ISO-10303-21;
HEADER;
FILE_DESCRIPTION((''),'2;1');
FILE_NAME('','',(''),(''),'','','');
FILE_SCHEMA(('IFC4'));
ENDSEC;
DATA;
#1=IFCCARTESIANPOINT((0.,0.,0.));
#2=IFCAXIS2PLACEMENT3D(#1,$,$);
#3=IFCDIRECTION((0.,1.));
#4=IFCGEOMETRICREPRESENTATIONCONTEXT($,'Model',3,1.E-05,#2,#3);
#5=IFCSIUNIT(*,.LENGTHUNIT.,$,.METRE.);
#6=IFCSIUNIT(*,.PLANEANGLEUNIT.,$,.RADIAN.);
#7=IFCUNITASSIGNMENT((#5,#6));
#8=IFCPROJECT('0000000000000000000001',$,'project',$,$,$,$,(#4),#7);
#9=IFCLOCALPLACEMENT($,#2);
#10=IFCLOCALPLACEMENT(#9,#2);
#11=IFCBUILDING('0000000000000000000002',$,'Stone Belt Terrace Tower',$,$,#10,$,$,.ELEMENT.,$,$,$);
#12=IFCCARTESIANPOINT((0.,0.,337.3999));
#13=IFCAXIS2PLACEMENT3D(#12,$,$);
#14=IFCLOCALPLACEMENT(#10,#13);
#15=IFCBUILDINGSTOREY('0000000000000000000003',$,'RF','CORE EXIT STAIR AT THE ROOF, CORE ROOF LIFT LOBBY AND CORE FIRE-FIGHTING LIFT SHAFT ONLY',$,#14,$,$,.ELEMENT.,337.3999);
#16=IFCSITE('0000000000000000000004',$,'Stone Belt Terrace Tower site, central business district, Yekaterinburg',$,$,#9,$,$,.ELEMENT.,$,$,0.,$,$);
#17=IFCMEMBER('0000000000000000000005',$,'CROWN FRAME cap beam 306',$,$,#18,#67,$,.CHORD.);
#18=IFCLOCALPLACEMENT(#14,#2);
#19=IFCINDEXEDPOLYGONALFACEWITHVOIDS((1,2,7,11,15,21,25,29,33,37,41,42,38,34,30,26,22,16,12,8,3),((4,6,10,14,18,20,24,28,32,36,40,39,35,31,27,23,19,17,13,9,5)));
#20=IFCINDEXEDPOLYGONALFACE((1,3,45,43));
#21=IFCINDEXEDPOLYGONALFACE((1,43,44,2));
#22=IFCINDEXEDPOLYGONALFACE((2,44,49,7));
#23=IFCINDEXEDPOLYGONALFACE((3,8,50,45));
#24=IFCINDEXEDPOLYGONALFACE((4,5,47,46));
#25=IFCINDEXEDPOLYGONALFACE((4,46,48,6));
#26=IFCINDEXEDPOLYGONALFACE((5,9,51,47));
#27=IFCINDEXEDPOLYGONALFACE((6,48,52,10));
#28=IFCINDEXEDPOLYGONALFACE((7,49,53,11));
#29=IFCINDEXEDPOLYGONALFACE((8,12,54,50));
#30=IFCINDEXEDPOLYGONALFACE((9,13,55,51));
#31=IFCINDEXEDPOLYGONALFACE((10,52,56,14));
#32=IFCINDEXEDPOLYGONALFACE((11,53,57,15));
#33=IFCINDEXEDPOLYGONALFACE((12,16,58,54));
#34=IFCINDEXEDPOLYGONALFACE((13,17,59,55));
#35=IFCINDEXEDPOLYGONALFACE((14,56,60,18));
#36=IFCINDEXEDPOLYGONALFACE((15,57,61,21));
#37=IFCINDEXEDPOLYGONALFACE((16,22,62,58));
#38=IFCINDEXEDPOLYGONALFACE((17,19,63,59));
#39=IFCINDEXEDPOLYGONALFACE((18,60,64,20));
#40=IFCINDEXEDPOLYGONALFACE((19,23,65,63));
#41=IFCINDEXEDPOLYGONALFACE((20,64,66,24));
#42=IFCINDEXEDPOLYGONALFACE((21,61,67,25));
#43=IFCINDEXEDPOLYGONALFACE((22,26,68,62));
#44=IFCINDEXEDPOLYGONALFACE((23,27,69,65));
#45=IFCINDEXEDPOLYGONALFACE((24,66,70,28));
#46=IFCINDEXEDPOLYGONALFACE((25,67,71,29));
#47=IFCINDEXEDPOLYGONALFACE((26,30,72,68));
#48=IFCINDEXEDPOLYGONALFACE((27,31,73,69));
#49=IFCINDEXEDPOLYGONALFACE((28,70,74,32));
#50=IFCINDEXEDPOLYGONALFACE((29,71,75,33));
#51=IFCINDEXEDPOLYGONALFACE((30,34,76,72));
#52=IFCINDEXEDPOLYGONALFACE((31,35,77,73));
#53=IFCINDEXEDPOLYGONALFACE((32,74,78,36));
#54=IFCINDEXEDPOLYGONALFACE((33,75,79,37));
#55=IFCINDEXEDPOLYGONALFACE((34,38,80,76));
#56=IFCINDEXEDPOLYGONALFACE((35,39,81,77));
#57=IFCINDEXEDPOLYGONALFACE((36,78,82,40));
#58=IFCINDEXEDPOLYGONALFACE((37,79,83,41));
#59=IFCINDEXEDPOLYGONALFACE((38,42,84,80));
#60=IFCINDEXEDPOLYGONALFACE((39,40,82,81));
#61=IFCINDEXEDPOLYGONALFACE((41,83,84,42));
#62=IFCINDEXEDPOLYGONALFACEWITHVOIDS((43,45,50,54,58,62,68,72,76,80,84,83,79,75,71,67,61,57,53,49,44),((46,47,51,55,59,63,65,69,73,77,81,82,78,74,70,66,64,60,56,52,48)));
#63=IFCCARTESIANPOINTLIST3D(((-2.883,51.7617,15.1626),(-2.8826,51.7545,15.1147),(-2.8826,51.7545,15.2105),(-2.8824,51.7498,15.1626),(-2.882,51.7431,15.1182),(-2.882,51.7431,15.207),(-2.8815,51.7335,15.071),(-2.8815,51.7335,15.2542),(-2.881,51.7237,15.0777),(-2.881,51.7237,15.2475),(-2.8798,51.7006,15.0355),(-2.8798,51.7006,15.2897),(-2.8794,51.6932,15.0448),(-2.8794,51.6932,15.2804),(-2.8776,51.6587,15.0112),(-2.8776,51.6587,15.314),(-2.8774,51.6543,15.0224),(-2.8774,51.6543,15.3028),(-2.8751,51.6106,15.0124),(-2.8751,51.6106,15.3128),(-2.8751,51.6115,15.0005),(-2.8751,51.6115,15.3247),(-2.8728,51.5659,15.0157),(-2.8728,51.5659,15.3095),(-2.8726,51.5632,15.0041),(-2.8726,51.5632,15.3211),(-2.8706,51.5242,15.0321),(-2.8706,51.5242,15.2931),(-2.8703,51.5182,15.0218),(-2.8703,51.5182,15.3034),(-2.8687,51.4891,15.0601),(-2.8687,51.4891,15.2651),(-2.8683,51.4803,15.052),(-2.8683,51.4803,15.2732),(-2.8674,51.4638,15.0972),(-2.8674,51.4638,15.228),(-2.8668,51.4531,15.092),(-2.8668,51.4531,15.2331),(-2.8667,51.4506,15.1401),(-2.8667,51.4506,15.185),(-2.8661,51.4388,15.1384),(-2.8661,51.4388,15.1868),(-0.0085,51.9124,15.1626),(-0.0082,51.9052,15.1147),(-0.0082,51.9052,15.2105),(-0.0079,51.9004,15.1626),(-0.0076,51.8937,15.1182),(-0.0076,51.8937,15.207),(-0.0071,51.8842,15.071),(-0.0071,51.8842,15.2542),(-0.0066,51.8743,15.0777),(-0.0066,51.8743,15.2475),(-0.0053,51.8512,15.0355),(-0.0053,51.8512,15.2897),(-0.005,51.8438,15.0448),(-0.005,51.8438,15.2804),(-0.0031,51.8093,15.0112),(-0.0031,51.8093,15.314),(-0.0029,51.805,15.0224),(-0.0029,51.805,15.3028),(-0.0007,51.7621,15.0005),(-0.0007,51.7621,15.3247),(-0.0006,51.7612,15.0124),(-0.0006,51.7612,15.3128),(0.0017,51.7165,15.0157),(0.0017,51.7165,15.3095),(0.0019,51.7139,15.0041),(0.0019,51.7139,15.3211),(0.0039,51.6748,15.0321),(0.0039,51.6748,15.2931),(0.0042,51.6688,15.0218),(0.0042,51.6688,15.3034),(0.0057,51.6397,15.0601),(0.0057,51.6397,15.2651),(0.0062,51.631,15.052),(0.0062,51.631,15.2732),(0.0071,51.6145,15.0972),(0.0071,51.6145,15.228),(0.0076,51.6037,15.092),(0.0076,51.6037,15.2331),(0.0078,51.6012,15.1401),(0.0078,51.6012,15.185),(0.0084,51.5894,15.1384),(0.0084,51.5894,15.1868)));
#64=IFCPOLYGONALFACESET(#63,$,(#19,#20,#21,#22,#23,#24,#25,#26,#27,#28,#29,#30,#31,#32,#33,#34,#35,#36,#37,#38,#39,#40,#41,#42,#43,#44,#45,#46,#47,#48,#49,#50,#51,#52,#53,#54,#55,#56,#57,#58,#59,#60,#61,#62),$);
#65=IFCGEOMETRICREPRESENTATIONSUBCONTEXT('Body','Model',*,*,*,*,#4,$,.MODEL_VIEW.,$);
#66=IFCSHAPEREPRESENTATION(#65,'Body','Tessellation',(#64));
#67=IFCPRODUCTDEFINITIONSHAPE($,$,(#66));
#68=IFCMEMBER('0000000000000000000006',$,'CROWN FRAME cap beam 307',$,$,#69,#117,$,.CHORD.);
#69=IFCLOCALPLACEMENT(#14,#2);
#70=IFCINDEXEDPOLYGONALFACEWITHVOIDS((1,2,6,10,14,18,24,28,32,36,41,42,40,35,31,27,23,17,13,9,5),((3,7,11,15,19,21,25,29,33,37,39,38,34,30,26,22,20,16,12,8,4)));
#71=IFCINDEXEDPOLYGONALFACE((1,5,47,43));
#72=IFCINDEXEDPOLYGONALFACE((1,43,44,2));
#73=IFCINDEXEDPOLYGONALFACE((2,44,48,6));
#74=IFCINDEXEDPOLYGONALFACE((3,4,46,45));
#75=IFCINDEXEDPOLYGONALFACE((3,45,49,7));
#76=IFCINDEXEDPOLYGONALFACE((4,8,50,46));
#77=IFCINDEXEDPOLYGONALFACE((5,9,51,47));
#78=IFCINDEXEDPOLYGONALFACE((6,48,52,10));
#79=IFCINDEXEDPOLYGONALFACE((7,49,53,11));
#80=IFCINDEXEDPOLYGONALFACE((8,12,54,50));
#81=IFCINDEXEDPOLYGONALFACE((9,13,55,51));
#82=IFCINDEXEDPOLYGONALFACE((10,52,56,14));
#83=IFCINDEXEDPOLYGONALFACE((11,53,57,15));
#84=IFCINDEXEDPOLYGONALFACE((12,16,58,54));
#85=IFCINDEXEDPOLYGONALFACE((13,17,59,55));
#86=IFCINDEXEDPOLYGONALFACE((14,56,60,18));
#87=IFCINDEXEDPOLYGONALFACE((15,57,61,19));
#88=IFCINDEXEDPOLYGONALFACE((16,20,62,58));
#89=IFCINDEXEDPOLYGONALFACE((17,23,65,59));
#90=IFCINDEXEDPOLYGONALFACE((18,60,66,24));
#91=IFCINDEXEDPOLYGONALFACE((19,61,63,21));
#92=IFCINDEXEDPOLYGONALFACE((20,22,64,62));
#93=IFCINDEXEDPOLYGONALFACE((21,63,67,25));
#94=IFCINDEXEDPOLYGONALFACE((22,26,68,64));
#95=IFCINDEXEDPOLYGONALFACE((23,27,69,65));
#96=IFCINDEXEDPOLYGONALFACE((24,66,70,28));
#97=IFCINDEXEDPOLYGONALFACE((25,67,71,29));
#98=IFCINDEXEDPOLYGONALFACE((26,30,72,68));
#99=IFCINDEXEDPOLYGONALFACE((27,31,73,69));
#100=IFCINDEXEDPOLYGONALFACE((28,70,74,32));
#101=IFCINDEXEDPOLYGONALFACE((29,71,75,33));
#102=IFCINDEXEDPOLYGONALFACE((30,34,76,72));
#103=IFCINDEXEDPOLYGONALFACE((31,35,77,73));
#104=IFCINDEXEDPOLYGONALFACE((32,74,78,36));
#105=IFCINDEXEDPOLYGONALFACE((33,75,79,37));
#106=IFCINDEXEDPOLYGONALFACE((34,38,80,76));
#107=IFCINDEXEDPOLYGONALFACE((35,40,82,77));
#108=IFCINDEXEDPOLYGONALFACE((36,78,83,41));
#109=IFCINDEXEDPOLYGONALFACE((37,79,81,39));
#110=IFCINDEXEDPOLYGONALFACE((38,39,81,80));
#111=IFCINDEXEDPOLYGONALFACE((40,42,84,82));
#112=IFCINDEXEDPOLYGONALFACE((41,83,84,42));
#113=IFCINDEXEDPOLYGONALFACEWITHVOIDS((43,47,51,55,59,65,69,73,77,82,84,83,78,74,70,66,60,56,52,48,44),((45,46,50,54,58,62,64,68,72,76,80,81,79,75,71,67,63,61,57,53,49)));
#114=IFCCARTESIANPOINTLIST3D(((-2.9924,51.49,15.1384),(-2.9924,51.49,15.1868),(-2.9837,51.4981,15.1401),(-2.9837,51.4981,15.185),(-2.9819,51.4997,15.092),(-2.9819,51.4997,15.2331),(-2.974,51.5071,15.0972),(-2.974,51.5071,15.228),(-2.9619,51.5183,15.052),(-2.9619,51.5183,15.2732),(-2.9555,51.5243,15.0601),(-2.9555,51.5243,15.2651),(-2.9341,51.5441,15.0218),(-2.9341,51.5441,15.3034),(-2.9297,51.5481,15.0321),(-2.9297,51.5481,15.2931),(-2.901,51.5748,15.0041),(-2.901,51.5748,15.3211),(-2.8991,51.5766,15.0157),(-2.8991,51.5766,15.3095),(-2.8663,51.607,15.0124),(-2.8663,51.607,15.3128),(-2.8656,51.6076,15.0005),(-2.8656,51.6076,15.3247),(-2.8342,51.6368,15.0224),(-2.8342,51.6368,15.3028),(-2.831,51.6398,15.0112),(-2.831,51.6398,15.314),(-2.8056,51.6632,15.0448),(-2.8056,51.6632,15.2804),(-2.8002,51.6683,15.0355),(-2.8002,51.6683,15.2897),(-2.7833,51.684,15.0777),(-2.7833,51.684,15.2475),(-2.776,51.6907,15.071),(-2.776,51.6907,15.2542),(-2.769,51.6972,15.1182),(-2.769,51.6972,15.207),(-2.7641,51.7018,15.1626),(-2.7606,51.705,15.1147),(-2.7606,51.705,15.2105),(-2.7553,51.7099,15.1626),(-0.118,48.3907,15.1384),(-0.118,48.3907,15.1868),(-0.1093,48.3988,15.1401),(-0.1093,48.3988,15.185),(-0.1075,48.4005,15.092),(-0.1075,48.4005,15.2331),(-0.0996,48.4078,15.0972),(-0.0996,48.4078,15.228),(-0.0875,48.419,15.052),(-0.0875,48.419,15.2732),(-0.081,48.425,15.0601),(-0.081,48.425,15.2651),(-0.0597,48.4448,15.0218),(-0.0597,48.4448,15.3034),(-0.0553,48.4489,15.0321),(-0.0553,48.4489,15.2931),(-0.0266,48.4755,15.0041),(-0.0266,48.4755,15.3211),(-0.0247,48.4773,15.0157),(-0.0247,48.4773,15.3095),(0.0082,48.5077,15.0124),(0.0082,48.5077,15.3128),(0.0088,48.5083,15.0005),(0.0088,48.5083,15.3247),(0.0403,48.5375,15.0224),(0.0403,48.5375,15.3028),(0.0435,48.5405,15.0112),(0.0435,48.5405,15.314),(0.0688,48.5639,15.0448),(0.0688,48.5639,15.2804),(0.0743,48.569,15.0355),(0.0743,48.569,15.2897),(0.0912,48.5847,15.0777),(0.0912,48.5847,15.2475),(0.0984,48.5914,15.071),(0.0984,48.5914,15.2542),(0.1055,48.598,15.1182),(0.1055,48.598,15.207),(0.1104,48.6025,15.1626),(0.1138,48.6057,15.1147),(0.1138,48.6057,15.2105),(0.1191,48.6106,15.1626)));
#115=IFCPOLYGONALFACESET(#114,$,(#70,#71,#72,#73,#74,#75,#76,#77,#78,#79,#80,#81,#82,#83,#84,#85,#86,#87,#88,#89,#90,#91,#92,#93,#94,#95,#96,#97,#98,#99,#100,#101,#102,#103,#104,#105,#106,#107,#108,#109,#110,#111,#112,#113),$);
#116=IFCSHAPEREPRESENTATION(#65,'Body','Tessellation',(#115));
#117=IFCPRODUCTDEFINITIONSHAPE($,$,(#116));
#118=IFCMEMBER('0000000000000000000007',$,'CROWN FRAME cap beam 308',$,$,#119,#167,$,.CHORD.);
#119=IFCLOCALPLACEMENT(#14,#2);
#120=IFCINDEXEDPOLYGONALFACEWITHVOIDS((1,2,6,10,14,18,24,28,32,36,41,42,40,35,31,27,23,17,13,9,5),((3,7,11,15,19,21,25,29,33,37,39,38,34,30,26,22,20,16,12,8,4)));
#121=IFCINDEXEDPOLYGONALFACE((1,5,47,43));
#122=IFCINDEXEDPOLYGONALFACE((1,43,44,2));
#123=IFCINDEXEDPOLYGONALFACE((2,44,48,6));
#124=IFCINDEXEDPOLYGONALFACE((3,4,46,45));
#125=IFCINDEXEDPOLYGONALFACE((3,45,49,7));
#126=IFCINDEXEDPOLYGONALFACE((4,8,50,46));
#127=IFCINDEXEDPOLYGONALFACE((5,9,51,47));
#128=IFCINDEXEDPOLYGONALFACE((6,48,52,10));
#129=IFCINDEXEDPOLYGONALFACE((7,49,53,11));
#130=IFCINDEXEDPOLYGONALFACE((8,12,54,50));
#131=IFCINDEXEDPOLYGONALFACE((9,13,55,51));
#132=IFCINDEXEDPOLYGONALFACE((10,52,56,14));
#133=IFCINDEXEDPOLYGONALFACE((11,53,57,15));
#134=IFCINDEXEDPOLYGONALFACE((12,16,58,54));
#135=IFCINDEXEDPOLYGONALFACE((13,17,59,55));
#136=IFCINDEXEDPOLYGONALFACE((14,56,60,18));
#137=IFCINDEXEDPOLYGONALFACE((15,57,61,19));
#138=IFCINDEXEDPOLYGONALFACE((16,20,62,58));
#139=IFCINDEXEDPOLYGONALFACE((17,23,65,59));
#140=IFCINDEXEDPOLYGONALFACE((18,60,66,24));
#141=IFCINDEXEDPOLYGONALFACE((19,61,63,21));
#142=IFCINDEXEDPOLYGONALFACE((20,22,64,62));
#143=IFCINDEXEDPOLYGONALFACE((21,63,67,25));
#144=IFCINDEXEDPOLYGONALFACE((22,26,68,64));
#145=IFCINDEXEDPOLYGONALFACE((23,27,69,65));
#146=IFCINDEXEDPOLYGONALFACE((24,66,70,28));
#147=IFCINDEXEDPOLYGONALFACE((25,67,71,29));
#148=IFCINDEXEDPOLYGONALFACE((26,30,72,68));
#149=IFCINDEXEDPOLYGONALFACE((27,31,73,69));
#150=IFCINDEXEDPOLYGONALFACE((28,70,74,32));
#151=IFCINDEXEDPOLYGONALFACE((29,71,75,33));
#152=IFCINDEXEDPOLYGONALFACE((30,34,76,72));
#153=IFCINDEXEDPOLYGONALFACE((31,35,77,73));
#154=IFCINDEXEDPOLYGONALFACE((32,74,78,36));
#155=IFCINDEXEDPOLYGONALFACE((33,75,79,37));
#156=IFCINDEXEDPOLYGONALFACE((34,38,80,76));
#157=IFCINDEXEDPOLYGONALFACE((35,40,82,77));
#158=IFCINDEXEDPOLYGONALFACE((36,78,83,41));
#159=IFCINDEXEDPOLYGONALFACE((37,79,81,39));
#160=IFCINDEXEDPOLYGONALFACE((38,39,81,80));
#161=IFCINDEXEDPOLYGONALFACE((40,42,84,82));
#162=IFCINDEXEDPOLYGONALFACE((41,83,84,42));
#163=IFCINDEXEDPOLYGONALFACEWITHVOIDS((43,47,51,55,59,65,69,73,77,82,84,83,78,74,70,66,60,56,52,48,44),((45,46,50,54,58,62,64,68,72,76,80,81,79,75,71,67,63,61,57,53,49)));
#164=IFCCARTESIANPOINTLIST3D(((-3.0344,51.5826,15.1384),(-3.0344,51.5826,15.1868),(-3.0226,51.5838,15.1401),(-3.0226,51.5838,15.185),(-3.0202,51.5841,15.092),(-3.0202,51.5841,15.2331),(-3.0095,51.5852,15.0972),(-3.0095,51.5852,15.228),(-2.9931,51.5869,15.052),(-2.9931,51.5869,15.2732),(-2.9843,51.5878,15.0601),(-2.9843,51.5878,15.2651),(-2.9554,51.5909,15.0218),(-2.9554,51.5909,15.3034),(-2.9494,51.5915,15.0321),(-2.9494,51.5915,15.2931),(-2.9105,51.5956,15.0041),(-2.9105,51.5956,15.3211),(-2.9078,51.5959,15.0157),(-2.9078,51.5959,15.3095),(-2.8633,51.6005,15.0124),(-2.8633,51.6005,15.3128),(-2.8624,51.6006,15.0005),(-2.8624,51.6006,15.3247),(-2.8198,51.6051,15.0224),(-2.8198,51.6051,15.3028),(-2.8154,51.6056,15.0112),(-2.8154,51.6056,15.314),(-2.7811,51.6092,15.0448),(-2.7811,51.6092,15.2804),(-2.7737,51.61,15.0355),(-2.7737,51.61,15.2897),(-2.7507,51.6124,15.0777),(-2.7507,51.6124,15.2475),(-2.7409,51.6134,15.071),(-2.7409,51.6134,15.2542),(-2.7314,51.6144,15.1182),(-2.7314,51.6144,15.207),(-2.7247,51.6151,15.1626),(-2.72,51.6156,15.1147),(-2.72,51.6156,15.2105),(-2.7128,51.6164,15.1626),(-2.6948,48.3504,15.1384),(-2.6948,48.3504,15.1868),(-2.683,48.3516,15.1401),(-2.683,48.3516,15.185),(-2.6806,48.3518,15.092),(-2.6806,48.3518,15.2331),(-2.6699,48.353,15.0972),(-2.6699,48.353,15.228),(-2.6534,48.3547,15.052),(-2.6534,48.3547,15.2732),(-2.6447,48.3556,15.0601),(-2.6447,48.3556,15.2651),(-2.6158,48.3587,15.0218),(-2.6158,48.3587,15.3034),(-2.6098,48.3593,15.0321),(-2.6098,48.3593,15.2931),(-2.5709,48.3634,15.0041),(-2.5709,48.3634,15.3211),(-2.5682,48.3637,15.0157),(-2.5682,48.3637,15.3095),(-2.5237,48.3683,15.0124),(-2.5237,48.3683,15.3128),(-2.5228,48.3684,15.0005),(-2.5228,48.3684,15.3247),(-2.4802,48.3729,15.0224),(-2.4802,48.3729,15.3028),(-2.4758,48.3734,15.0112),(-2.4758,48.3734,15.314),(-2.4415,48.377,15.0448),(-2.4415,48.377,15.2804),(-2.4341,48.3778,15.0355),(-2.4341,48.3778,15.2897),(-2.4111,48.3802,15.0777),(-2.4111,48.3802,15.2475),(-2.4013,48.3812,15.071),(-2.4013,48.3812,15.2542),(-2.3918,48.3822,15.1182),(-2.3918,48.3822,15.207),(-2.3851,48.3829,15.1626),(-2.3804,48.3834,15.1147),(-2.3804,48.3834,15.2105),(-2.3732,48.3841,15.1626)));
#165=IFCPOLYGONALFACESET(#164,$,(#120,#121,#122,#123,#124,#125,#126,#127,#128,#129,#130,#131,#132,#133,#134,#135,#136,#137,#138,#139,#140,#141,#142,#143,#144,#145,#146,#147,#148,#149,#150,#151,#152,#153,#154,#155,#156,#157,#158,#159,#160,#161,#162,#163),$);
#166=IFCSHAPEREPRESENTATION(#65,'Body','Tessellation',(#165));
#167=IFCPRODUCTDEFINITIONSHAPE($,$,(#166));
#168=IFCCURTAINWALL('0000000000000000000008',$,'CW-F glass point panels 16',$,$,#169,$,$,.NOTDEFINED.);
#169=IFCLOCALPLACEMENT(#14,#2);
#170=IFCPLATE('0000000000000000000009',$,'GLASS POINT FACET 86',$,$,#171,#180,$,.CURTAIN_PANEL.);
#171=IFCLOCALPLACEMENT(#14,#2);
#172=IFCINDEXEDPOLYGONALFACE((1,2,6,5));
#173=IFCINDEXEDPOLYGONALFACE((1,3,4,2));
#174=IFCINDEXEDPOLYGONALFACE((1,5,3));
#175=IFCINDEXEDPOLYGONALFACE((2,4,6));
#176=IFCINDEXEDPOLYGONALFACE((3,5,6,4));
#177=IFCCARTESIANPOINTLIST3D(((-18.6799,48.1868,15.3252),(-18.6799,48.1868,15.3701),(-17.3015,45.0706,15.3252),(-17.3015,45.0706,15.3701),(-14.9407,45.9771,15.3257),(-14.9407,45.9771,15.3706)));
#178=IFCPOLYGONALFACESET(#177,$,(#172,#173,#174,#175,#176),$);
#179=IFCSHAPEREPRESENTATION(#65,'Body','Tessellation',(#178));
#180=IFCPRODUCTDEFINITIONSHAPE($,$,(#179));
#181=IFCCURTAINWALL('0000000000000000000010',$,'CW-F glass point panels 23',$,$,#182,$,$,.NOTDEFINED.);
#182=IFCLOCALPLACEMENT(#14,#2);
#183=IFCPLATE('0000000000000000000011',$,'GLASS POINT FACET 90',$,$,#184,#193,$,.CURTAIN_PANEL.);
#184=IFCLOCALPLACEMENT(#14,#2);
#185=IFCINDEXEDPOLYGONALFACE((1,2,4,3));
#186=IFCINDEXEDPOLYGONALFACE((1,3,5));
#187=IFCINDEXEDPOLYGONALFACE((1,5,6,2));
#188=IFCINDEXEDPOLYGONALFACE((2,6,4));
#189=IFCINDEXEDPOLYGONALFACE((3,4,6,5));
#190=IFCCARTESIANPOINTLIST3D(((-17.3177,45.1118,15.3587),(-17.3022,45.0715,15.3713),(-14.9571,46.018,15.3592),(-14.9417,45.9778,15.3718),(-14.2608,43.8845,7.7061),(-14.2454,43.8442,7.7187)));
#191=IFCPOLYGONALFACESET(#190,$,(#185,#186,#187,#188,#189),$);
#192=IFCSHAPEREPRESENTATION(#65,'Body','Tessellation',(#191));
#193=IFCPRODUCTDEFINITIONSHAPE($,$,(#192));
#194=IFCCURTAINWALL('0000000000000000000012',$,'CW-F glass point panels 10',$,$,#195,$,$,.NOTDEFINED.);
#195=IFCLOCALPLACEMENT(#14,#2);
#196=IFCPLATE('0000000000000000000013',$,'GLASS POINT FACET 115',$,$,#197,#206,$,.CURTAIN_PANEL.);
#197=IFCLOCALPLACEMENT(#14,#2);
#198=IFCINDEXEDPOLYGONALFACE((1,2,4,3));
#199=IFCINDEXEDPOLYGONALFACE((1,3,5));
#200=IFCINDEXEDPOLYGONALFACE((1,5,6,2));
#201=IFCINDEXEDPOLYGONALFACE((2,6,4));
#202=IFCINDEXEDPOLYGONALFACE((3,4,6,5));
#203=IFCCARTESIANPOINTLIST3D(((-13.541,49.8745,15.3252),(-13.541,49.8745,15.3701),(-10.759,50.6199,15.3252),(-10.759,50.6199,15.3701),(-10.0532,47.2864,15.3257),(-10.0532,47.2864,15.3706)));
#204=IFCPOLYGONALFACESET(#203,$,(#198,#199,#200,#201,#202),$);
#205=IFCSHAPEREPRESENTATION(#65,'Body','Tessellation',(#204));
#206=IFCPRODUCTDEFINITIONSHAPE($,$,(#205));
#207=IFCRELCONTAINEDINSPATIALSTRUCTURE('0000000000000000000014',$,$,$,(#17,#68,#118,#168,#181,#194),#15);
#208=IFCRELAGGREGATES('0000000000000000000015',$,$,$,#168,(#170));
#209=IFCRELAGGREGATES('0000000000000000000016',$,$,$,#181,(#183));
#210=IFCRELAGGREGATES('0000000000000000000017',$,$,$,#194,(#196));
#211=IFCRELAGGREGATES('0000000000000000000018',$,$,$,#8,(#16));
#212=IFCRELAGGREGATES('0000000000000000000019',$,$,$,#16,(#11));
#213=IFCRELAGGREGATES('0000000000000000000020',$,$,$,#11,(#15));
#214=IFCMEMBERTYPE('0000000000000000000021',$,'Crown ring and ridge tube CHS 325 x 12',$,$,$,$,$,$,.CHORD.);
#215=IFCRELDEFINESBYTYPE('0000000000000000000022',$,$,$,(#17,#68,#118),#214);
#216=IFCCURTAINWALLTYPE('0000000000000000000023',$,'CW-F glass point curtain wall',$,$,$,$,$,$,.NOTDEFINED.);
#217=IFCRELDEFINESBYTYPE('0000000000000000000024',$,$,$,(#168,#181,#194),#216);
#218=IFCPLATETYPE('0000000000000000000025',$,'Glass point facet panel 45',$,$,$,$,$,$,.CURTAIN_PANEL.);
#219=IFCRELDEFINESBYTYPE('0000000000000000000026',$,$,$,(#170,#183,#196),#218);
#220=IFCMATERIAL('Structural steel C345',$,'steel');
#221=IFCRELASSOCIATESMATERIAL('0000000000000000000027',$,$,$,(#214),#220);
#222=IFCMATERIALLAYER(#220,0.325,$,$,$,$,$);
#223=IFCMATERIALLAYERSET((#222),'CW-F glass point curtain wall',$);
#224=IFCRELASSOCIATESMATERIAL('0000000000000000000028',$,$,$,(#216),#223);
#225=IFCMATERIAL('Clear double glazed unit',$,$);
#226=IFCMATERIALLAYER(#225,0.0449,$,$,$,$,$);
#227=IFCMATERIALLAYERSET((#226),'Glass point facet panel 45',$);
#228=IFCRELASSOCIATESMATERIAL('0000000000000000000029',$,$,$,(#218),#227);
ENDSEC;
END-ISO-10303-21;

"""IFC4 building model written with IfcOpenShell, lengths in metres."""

from ifc_helpers import new_model, si_unit, direction, frame, origin, origin_2d, place, context, subcontext, project, spatial, polyline, hollow_circle, outline, extrude, material, layer, layer_set, material_profile, profile_set, type_object, element, aggregate, save


model = new_model("IFC4")

# Units and contexts
model_context = context("Model", 3, precision=1e-05, world=origin(), true_north=direction((0.0, 1.0)))
body_context = subcontext(model_context, "Body", "Model", "MODEL_VIEW")
ifc_project = project(units=[si_unit("LENGTHUNIT", "METRE"), si_unit("PLANEANGLEUNIT", "RADIAN")], contexts=[model_context])

# Site, building, storey
site_placement = place(None, origin())
site = spatial("IfcSite", under=ifc_project, at=site_placement, Name="Stone Belt Terrace Tower site, central business district, Yekaterinburg", CompositionType="ELEMENT", RefElevation=0.0)
building_placement = place(site_placement, origin())
building = spatial("IfcBuilding", under=site, at=building_placement, Name="Stone Belt Terrace Tower", CompositionType="ELEMENT")
storey_placement = place(building_placement, frame((0.0, 0.0, 337.3999)))
storey = spatial("IfcBuildingStorey", under=building, at=storey_placement, Name="RF", Description="CORE EXIT STAIR AT THE ROOF, CORE ROOF LIFT LOBBY AND CORE FIRE-FIGHTING LIFT SHAFT ONLY", CompositionType="ELEMENT", Elevation=337.3999)

# Members
ifc_material_1 = material(Name="Structural steel C345", Category="steel")
ifc_material_profile_1 = material_profile(ifc_material_1, hollow_circle(Radius=0.1626, WallThickness=0.012, at=origin_2d()), Name="Structural steel C345 CHS 325x12")
ifc_profile_set_1 = profile_set([ifc_material_profile_1], Name="Structural steel C345")
member_type_1 = type_object("IfcMemberType", Name="Crown ring and ridge tube CHS 325 x 12", PredefinedType="CHORD", material=ifc_profile_set_1)
member_1_placement = place(storey_placement, frame((-2.8745, 51.5994, 15.1626), z_axis=(0.99863, 0.052332, 0.0), x_axis=(-0.052332, 0.99863, 0.0)))
element("IfcMember", 1, at=member_1_placement, inside=storey, type_object=member_type_1, Name="CROWN FRAME cap beam 306", PredefinedType="CHORD", context=body_context, shape_type="SweptSolid", body=[
    extrude(hollow_circle(Radius=0.1626, WallThickness=0.012, at=origin_2d()), origin(), (0.0, 0.0, 1.0), 2.8784),
])
member_2_placement = place(storey_placement, frame((-2.8745, 51.5994, 15.1626), z_axis=(0.68001, -0.733203, 0.0), x_axis=(0.733203, 0.68001, 0.0)))
element("IfcMember", 2, at=member_2_placement, inside=storey, type_object=member_type_1, Name="CROWN FRAME cap beam 307", PredefinedType="CHORD", context=body_context, shape_type="SweptSolid", body=[
    extrude(hollow_circle(Radius=0.1626, WallThickness=0.012, at=origin_2d()), origin(), (0.0, 0.0, 1.0), 4.2271),
])
member_3_placement = place(storey_placement, frame((-2.8745, 51.5994, 15.1626), z_axis=(0.104493, -0.994526, 0.0), x_axis=(0.994526, 0.104493, 0.0)))
element("IfcMember", 3, at=member_3_placement, inside=storey, type_object=member_type_1, Name="CROWN FRAME cap beam 308", PredefinedType="CHORD", context=body_context, shape_type="SweptSolid", body=[
    extrude(hollow_circle(Radius=0.1626, WallThickness=0.012, at=origin_2d()), origin(), (0.0, 0.0, 1.0), 3.25),
])

# Curtain walls, plates
ifc_layer_1 = layer(ifc_material_1, 0.325)
ifc_layer_set_1 = layer_set([ifc_layer_1], Name="CW-F glass point curtain wall")
curtain_wall_type = type_object("IfcCurtainWallType", Name="CW-F glass point curtain wall", PredefinedType="NOTDEFINED", material=ifc_layer_set_1)
curtain_wall_1_placement = place(storey_placement, origin())
curtain_wall_1 = element("IfcCurtainWall", 4, at=curtain_wall_1_placement, inside=storey, type_object=curtain_wall_type, Name="CW-F glass point panels 16", PredefinedType="NOTDEFINED")
ifc_material_2 = material(Name="Clear double glazed unit")
ifc_layer_2 = layer(ifc_material_2, 0.0449)
ifc_layer_set_2 = layer_set([ifc_layer_2], Name="Glass point facet panel 45")
plate_type = type_object("IfcPlateType", Name="Glass point facet panel 45", PredefinedType="CURTAIN_PANEL", material=ifc_layer_set_2)
plate_1_placement = place(storey_placement, frame((-14.9407, 45.9771, 15.3706), z_axis=(-0.000177, -0.000078, 1.0), x_axis=(-0.933547, -0.358455, -0.000193)))
plate_1 = element("IfcPlate", 5, at=plate_1_placement, type_object=plate_type, Name="GLASS POINT FACET 86", PredefinedType="CURTAIN_PANEL", context=body_context, shape_type="SweptSolid", body=[
    extrude(outline(polyline([(0.0, 0.0), (2.5289, 0.0), (2.6987, -3.4032), (0.0, 0.0)])), origin(), (0.0, 0.0, -1.0), 0.0449),
])
aggregate(curtain_wall_1, [plate_1])
curtain_wall_2_placement = place(storey_placement, origin())
curtain_wall_2 = element("IfcCurtainWall", 6, at=curtain_wall_2_placement, inside=storey, type_object=curtain_wall_type, Name="CW-F glass point panels 23", PredefinedType="NOTDEFINED")
plate_2_placement = place(storey_placement, frame((-14.9417, 45.9778, 15.3718), z_axis=(0.343905, -0.895953, 0.281065), x_axis=(0.087305, -0.267517, -0.95959)))
plate_2 = element("IfcPlate", 7, at=plate_2_placement, type_object=plate_type, Name="GLASS POINT FACET 90", PredefinedType="CURTAIN_PANEL", context=body_context, shape_type="SweptSolid", body=[
    extrude(outline(polyline([(0.0, 0.0), (7.9754, 0.0), (0.0368, -2.5283), (0.0, 0.0)])), origin(), (0.0, 0.0, -1.0), 0.0449),
])
curtain_wall_3_placement = place(storey_placement, origin())
curtain_wall_3 = element("IfcCurtainWall", 8, at=curtain_wall_3_placement, inside=storey, type_object=curtain_wall_type, Name="CW-F glass point panels 10", PredefinedType="NOTDEFINED")
plate_3_placement = place(storey_placement, frame((-10.0532, 47.2864, 15.3706), z_axis=(-0.000037, 0.000139, 1.0), x_axis=(-0.803052, 0.595909, -0.000112)))
plate_3 = element("IfcPlate", 9, at=plate_3_placement, type_object=plate_type, Name="GLASS POINT FACET 115", PredefinedType="CURTAIN_PANEL", context=body_context, shape_type="SweptSolid", body=[
    extrude(outline(polyline([(0.0, 0.0), (4.3432, 0.0), (2.5533, -2.2564), (0.0, 0.0)])), origin(), (0.0, 0.0, -1.0), 0.0449),
])

aggregate(curtain_wall_2, [plate_2])

aggregate(curtain_wall_3, [plate_3])

save(model, "model.ifc")
